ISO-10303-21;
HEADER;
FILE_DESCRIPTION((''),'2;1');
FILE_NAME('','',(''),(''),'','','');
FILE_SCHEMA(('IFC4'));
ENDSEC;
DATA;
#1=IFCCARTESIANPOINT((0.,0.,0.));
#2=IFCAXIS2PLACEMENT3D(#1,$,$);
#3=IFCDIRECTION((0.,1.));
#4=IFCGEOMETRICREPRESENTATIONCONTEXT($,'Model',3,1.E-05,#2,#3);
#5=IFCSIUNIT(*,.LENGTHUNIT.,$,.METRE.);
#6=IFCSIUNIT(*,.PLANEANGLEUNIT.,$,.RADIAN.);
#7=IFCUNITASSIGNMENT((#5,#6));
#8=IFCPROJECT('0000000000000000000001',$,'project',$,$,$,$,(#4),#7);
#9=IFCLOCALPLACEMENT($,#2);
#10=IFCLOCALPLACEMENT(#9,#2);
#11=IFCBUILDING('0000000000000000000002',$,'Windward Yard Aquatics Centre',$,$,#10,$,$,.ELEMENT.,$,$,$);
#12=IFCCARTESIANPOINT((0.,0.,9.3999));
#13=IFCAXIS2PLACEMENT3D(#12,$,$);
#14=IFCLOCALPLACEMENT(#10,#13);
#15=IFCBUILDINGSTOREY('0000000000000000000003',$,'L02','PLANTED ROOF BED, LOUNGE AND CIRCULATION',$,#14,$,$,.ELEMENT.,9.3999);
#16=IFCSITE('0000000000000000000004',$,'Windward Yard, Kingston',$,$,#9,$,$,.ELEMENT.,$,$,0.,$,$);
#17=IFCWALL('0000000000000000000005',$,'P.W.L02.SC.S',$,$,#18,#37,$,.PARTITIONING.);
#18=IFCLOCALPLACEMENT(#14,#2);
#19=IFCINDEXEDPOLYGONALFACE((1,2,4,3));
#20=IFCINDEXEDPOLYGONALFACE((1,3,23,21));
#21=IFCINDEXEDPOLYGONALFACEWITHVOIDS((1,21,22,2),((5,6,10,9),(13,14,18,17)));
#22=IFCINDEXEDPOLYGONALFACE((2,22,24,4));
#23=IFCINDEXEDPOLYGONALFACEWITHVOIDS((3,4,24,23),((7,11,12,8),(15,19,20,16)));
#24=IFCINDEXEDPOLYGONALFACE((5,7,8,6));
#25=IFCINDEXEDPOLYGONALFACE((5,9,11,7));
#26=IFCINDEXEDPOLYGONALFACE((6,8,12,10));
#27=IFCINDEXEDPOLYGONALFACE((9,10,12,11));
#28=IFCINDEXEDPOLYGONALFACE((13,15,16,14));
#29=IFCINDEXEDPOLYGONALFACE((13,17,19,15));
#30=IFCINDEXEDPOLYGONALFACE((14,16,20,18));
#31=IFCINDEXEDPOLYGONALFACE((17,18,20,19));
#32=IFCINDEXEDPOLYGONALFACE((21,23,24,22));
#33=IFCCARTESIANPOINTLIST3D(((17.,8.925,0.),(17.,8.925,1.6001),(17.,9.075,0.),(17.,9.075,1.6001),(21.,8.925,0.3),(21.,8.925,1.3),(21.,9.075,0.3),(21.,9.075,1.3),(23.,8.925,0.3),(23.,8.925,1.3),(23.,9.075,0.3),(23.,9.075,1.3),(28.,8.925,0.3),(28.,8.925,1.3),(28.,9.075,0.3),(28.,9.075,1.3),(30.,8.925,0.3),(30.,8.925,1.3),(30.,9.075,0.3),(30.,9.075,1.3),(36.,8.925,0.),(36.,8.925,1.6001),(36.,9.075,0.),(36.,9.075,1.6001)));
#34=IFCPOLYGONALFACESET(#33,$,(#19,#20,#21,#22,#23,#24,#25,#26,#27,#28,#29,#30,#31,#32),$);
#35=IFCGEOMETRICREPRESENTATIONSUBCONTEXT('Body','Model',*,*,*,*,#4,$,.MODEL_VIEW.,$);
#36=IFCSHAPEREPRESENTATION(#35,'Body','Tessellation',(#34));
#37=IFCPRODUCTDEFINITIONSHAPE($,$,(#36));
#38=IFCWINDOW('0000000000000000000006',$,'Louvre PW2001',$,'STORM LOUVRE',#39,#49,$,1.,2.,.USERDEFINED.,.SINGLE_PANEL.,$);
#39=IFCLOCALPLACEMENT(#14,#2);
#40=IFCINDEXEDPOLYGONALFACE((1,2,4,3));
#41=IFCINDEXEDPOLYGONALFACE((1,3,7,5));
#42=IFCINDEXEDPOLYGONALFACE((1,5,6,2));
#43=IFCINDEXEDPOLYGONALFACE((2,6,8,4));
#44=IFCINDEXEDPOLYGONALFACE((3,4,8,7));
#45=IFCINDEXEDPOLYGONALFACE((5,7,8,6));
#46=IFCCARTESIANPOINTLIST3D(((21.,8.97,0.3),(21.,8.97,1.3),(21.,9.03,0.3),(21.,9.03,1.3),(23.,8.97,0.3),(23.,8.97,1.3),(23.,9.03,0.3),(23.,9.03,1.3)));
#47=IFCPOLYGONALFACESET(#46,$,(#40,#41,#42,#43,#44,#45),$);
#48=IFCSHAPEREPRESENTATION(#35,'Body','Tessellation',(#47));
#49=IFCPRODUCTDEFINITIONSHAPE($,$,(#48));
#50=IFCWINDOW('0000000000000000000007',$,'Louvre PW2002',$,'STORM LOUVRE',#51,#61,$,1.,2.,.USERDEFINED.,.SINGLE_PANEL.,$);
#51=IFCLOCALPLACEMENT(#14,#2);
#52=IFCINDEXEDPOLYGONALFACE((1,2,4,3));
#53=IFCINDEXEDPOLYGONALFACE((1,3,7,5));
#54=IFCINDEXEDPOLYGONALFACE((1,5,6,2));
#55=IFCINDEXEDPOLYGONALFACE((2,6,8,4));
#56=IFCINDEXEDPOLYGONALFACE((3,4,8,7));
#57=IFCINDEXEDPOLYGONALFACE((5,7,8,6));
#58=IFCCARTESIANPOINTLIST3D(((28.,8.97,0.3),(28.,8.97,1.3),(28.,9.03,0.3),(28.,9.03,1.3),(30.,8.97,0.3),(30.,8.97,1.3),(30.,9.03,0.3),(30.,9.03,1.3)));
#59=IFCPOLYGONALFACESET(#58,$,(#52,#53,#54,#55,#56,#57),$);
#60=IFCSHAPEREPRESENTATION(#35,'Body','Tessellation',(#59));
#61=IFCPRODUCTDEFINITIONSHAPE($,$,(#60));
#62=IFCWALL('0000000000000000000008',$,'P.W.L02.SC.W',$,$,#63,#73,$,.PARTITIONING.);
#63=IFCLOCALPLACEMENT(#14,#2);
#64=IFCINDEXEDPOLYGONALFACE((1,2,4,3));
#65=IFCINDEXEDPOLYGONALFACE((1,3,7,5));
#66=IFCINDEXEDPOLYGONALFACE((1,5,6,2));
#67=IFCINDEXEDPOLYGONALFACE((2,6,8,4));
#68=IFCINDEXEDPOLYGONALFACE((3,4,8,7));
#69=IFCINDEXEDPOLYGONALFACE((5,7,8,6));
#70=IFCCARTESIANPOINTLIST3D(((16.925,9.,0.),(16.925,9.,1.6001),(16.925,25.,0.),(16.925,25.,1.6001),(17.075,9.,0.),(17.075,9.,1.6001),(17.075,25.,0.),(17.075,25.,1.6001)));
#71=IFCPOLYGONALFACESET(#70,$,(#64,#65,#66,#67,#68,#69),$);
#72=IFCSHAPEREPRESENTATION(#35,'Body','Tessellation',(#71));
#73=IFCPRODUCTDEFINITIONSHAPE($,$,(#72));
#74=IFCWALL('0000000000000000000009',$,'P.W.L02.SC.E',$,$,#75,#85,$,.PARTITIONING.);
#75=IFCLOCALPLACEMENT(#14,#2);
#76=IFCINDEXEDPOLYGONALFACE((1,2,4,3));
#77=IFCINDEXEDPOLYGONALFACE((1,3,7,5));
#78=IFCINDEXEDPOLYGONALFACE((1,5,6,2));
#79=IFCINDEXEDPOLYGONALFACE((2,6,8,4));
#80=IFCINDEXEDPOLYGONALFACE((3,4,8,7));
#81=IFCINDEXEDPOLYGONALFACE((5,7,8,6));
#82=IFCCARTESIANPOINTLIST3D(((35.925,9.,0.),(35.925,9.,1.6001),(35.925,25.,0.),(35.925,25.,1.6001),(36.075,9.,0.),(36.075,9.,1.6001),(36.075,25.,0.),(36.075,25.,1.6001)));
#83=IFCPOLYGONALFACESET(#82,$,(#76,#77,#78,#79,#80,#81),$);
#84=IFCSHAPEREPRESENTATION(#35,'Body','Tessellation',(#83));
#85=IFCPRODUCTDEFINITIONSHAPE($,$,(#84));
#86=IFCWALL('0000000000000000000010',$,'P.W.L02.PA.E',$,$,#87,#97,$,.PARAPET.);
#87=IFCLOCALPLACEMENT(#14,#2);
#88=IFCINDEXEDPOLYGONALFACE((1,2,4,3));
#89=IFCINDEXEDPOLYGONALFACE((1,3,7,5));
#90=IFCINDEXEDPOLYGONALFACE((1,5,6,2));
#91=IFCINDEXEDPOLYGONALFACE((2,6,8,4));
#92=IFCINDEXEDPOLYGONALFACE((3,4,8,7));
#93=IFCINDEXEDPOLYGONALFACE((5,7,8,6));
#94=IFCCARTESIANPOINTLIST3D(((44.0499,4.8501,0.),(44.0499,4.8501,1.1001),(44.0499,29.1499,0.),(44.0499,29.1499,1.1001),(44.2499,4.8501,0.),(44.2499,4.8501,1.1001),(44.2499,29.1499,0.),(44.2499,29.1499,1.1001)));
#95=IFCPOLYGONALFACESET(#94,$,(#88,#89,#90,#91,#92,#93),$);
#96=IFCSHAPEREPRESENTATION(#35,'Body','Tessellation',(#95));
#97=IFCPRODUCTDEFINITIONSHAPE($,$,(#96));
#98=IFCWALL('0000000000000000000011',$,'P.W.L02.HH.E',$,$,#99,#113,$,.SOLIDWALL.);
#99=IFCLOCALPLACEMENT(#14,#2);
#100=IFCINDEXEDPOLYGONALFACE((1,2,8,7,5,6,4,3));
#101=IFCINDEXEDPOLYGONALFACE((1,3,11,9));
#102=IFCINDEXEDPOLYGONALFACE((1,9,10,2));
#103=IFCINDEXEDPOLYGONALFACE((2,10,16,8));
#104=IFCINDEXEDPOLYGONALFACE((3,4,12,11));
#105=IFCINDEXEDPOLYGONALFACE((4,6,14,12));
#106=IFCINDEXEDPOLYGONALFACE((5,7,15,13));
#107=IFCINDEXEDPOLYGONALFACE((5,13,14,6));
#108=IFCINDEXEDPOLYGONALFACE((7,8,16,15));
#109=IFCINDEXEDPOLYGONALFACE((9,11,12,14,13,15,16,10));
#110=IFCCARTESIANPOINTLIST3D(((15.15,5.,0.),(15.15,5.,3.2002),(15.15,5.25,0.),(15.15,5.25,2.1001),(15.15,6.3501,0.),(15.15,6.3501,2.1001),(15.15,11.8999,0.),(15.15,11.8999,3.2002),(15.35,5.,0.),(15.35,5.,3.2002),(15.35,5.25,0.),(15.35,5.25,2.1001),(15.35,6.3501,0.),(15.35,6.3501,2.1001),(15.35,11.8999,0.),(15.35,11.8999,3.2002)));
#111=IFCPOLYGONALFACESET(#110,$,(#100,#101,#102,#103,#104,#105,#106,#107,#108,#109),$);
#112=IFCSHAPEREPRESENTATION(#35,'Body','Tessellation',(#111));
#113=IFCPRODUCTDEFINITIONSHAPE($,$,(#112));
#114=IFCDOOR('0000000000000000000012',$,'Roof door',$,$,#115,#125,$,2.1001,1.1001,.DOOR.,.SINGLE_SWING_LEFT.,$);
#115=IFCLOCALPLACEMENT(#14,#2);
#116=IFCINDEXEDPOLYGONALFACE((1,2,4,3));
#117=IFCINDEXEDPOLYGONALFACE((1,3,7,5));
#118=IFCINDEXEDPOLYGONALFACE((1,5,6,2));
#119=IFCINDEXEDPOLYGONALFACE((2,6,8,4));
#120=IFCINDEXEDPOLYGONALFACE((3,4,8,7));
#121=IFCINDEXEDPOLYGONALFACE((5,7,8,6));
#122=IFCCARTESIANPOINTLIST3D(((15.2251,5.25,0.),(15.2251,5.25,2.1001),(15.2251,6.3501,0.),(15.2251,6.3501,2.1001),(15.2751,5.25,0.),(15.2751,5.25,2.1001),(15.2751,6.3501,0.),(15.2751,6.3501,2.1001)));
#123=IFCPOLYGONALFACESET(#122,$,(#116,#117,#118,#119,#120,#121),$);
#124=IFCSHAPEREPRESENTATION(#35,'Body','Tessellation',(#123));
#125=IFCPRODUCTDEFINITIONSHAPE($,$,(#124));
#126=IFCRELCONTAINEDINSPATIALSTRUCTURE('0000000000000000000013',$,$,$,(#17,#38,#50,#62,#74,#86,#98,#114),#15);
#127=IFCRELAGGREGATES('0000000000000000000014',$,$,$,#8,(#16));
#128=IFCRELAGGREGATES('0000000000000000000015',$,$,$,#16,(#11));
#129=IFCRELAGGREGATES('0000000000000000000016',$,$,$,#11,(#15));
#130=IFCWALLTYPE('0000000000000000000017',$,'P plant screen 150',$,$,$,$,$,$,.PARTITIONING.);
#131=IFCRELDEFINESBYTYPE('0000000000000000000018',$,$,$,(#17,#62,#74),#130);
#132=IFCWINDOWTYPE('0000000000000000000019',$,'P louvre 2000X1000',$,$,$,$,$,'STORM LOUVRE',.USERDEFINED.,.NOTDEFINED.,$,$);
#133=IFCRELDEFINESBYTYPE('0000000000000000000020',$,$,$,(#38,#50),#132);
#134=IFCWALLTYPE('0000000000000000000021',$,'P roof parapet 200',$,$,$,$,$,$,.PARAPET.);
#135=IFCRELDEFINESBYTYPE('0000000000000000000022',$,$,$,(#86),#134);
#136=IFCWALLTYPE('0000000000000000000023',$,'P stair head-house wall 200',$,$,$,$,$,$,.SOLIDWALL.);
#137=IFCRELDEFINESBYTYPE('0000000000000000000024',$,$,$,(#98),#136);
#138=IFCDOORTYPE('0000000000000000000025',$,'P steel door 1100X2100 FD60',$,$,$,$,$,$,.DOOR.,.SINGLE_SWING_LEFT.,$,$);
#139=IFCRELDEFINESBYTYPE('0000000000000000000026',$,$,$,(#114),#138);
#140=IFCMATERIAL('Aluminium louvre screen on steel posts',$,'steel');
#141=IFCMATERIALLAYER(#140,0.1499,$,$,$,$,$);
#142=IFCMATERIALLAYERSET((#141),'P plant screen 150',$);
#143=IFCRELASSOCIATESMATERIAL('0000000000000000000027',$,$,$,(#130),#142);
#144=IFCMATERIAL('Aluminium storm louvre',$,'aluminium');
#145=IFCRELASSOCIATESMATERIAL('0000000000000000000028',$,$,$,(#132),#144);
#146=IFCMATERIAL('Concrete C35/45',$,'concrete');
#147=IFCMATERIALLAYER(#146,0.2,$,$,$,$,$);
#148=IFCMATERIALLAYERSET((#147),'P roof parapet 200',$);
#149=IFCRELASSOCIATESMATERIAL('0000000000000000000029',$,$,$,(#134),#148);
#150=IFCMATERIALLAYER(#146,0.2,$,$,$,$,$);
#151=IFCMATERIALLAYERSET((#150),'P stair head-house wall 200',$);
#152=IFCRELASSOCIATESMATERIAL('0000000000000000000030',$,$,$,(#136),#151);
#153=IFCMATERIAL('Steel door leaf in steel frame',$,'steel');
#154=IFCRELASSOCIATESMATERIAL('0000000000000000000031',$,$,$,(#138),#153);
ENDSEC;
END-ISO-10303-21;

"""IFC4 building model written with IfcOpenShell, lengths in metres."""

from ifc_helpers import new_model, si_unit, direction, frame, frame_2d, origin, place, context, subcontext, project, spatial, rectangle, extrude, material, layer, layer_set, type_object, element, fill, save


model = new_model("IFC4")

# Units and contexts
model_context = context("Model", 3, precision=1e-05, world=origin(), true_north=direction((0.0, 1.0)))
body_context = subcontext(model_context, "Body", "Model", "MODEL_VIEW")
ifc_project = project(units=[si_unit("LENGTHUNIT", "METRE"), si_unit("PLANEANGLEUNIT", "RADIAN")], contexts=[model_context])

# Site, building, storey
site_placement = place(None, origin())
site = spatial("IfcSite", under=ifc_project, at=site_placement, Name="Windward Yard, Kingston", CompositionType="ELEMENT", RefElevation=0.0)
building_placement = place(site_placement, origin())
building = spatial("IfcBuilding", under=site, at=building_placement, Name="Windward Yard Aquatics Centre", CompositionType="ELEMENT")
storey_placement = place(building_placement, frame((0.0, 0.0, 9.3999)))
storey = spatial("IfcBuildingStorey", under=building, at=storey_placement, Name="L02", Description="PLANTED ROOF BED, LOUNGE AND CIRCULATION", CompositionType="ELEMENT", Elevation=9.3999)

# Shared definitions
ifc_material_1 = material(Name="Concrete C35/45", Category="concrete")

# Wall, openings, windows
ifc_material_2 = material(Name="Aluminium louvre screen on steel posts", Category="steel")
ifc_layer_1 = layer(ifc_material_2, 0.1499)
ifc_layer_set_1 = layer_set([ifc_layer_1], Name="P plant screen 150")
wall_type_1 = type_object("IfcWallType", Name="P plant screen 150", PredefinedType="PARTITIONING", material=ifc_layer_set_1)
wall_1_placement = place(storey_placement, frame((17.0, 9.0, 0.0), z_axis=(0.0, 0.0, 1.0), x_axis=(1.0, 0.0, 0.0)))
wall_1 = element("IfcWall", 1, at=wall_1_placement, inside=storey, type_object=wall_type_1, Name="P.W.L02.SC.S", PredefinedType="PARTITIONING", context=body_context, shape_type="SweptSolid", body=[
    extrude(rectangle(XDim=19.0, YDim=0.1499, at=frame_2d((9.5, 0.0))), origin(), (0.0, 0.0, 1.0), 1.6001),
])
opening_1_placement = place(wall_1_placement, frame((4.0, 0.0, 0.3)))
opening_1 = element("IfcOpeningElement", 2, at=opening_1_placement, cuts=wall_1, PredefinedType="OPENING", context=body_context, shape_type="SweptSolid", body=[
    extrude(rectangle(XDim=2.0, YDim=1.0, at=frame_2d((1.0, 0.5))), frame((0.0, 0.085, 0.0), z_axis=(0.0, -1.0, 0.0), x_axis=(1.0, 0.0, 0.0)), (0.0, 0.0, 1.0), 0.1699),
])
opening_2_placement = place(wall_1_placement, frame((11.0, 0.0, 0.3)))
opening_2 = element("IfcOpeningElement", 3, at=opening_2_placement, cuts=wall_1, PredefinedType="OPENING", context=body_context, shape_type="SweptSolid", body=[
    extrude(rectangle(XDim=2.0, YDim=1.0, at=frame_2d((1.0, 0.5))), frame((0.0, 0.085, 0.0), z_axis=(0.0, -1.0, 0.0), x_axis=(1.0, 0.0, 0.0)), (0.0, 0.0, 1.0), 0.1699),
])
ifc_material_3 = material(Name="Aluminium storm louvre", Category="aluminium")
window_type = type_object("IfcWindowType", Name="P louvre 2000X1000", ElementType="STORM LOUVRE", PartitioningType="NOTDEFINED", PredefinedType="USERDEFINED", material=ifc_material_3)
window_1_placement = place(opening_1_placement, origin())
window_1 = element("IfcWindow", 4, at=window_1_placement, inside=storey, type_object=window_type, Name="Louvre PW2001", ObjectType="STORM LOUVRE", OverallHeight=1.0, OverallWidth=2.0, PartitioningType="SINGLE_PANEL", PredefinedType="USERDEFINED", context=body_context, shape_type="SweptSolid", body=[
    extrude(rectangle(XDim=2.0, YDim=1.0, at=frame_2d((1.0, 0.5))), frame((0.0, 0.03, 0.0), z_axis=(0.0, -1.0, 0.0), x_axis=(1.0, 0.0, 0.0)), (0.0, 0.0, 1.0), 0.0601),
])
fill(opening_1, window_1)
window_2_placement = place(opening_2_placement, origin())
window_2 = element("IfcWindow", 5, at=window_2_placement, inside=storey, type_object=window_type, Name="Louvre PW2002", ObjectType="STORM LOUVRE", OverallHeight=1.0, OverallWidth=2.0, PartitioningType="SINGLE_PANEL", PredefinedType="USERDEFINED", context=body_context, shape_type="SweptSolid", body=[
    extrude(rectangle(XDim=2.0, YDim=1.0, at=frame_2d((1.0, 0.5))), frame((0.0, 0.03, 0.0), z_axis=(0.0, -1.0, 0.0), x_axis=(1.0, 0.0, 0.0)), (0.0, 0.0, 1.0), 0.0601),
])
fill(opening_2, window_2)

# Walls
for number, where, z_axis, x_axis, name in (
    (6, (17.0, 9.0, 0.0), (0.0, 0.0, 1.0), (0.0, 1.0, 0.0), "P.W.L02.SC.W"),
    (7, (36.0, 9.0, 0.0), (0.0, 0.0, 1.0), (0.0, 1.0, 0.0), "P.W.L02.SC.E"),
):
    element("IfcWall", number, at=place(storey_placement, frame(where, z_axis=z_axis, x_axis=x_axis)), inside=storey, type_object=wall_type_1, Name=name, PredefinedType="PARTITIONING", context=body_context, shape_type="SweptSolid", body=[
        extrude(rectangle(XDim=16.0, YDim=0.1499, at=frame_2d((8.0, 0.0))), origin(), (0.0, 0.0, 1.0), 1.6001),
    ])
ifc_layer_2 = layer(ifc_material_1, 0.2)
ifc_layer_set_2 = layer_set([ifc_layer_2], Name="P roof parapet 200")
wall_type_2 = type_object("IfcWallType", Name="P roof parapet 200", PredefinedType="PARAPET", material=ifc_layer_set_2)
wall_2_placement = place(storey_placement, frame((44.1499, 4.8501, 0.0), z_axis=(0.0, 0.0, 1.0), x_axis=(0.0, 1.0, 0.0)))
element("IfcWall", 8, at=wall_2_placement, inside=storey, type_object=wall_type_2, Name="P.W.L02.PA.E", PredefinedType="PARAPET", context=body_context, shape_type="SweptSolid", body=[
    extrude(rectangle(XDim=24.2998, YDim=0.2, at=frame_2d((12.1499, 0.0))), origin(), (0.0, 0.0, 1.0), 1.1001),
])

# Wall, opening, door
ifc_layer_3 = layer(ifc_material_1, 0.2)
ifc_layer_set_3 = layer_set([ifc_layer_3], Name="P stair head-house wall 200")
wall_type_3 = type_object("IfcWallType", Name="P stair head-house wall 200", PredefinedType="SOLIDWALL", material=ifc_layer_set_3)
wall_3_placement = place(storey_placement, frame((15.25, 5.0, 0.0), z_axis=(0.0, 0.0, 1.0), x_axis=(0.0, 1.0, 0.0)))
wall_3 = element("IfcWall", 9, at=wall_3_placement, inside=storey, type_object=wall_type_3, Name="P.W.L02.HH.E", PredefinedType="SOLIDWALL", context=body_context, shape_type="SweptSolid", body=[
    extrude(rectangle(XDim=6.8999, YDim=0.2, at=frame_2d((3.45, 0.0))), origin(), (0.0, 0.0, 1.0), 3.2002),
])
opening_3_placement = place(wall_3_placement, frame((0.25, 0.0, 0.0)))
opening_3 = element("IfcOpeningElement", 10, at=opening_3_placement, cuts=wall_3, PredefinedType="OPENING", context=body_context, shape_type="SweptSolid", body=[
    extrude(rectangle(XDim=1.1001, YDim=2.1001, at=frame_2d((0.55, 1.05))), frame((0.0, 0.1099, 0.0), z_axis=(0.0, -1.0, 0.0), x_axis=(1.0, 0.0, 0.0)), (0.0, 0.0, 1.0), 0.22),
])
ifc_material_4 = material(Name="Steel door leaf in steel frame", Category="steel")
door_type_1 = type_object("IfcDoorType", Name="P steel door 1100X2100 FD60", OperationType="SINGLE_SWING_LEFT", PredefinedType="DOOR", material=ifc_material_4)
door_1_placement = place(opening_3_placement, origin())
door_1 = element("IfcDoor", 11, at=door_1_placement, inside=storey, type_object=door_type_1, Name="Roof door", OperationType="SINGLE_SWING_LEFT", OverallHeight=2.1001, OverallWidth=1.1001, PredefinedType="DOOR", context=body_context, shape_type="SweptSolid", body=[
    extrude(rectangle(XDim=1.1001, YDim=2.1001, at=frame_2d((0.55, 1.05))), frame((0.0, 0.0249, 0.0), z_axis=(0.0, -1.0, 0.0), x_axis=(1.0, 0.0, 0.0)), (0.0, 0.0, 1.0), 0.05),
])
fill(opening_3, door_1)

save(model, "model.ifc")
